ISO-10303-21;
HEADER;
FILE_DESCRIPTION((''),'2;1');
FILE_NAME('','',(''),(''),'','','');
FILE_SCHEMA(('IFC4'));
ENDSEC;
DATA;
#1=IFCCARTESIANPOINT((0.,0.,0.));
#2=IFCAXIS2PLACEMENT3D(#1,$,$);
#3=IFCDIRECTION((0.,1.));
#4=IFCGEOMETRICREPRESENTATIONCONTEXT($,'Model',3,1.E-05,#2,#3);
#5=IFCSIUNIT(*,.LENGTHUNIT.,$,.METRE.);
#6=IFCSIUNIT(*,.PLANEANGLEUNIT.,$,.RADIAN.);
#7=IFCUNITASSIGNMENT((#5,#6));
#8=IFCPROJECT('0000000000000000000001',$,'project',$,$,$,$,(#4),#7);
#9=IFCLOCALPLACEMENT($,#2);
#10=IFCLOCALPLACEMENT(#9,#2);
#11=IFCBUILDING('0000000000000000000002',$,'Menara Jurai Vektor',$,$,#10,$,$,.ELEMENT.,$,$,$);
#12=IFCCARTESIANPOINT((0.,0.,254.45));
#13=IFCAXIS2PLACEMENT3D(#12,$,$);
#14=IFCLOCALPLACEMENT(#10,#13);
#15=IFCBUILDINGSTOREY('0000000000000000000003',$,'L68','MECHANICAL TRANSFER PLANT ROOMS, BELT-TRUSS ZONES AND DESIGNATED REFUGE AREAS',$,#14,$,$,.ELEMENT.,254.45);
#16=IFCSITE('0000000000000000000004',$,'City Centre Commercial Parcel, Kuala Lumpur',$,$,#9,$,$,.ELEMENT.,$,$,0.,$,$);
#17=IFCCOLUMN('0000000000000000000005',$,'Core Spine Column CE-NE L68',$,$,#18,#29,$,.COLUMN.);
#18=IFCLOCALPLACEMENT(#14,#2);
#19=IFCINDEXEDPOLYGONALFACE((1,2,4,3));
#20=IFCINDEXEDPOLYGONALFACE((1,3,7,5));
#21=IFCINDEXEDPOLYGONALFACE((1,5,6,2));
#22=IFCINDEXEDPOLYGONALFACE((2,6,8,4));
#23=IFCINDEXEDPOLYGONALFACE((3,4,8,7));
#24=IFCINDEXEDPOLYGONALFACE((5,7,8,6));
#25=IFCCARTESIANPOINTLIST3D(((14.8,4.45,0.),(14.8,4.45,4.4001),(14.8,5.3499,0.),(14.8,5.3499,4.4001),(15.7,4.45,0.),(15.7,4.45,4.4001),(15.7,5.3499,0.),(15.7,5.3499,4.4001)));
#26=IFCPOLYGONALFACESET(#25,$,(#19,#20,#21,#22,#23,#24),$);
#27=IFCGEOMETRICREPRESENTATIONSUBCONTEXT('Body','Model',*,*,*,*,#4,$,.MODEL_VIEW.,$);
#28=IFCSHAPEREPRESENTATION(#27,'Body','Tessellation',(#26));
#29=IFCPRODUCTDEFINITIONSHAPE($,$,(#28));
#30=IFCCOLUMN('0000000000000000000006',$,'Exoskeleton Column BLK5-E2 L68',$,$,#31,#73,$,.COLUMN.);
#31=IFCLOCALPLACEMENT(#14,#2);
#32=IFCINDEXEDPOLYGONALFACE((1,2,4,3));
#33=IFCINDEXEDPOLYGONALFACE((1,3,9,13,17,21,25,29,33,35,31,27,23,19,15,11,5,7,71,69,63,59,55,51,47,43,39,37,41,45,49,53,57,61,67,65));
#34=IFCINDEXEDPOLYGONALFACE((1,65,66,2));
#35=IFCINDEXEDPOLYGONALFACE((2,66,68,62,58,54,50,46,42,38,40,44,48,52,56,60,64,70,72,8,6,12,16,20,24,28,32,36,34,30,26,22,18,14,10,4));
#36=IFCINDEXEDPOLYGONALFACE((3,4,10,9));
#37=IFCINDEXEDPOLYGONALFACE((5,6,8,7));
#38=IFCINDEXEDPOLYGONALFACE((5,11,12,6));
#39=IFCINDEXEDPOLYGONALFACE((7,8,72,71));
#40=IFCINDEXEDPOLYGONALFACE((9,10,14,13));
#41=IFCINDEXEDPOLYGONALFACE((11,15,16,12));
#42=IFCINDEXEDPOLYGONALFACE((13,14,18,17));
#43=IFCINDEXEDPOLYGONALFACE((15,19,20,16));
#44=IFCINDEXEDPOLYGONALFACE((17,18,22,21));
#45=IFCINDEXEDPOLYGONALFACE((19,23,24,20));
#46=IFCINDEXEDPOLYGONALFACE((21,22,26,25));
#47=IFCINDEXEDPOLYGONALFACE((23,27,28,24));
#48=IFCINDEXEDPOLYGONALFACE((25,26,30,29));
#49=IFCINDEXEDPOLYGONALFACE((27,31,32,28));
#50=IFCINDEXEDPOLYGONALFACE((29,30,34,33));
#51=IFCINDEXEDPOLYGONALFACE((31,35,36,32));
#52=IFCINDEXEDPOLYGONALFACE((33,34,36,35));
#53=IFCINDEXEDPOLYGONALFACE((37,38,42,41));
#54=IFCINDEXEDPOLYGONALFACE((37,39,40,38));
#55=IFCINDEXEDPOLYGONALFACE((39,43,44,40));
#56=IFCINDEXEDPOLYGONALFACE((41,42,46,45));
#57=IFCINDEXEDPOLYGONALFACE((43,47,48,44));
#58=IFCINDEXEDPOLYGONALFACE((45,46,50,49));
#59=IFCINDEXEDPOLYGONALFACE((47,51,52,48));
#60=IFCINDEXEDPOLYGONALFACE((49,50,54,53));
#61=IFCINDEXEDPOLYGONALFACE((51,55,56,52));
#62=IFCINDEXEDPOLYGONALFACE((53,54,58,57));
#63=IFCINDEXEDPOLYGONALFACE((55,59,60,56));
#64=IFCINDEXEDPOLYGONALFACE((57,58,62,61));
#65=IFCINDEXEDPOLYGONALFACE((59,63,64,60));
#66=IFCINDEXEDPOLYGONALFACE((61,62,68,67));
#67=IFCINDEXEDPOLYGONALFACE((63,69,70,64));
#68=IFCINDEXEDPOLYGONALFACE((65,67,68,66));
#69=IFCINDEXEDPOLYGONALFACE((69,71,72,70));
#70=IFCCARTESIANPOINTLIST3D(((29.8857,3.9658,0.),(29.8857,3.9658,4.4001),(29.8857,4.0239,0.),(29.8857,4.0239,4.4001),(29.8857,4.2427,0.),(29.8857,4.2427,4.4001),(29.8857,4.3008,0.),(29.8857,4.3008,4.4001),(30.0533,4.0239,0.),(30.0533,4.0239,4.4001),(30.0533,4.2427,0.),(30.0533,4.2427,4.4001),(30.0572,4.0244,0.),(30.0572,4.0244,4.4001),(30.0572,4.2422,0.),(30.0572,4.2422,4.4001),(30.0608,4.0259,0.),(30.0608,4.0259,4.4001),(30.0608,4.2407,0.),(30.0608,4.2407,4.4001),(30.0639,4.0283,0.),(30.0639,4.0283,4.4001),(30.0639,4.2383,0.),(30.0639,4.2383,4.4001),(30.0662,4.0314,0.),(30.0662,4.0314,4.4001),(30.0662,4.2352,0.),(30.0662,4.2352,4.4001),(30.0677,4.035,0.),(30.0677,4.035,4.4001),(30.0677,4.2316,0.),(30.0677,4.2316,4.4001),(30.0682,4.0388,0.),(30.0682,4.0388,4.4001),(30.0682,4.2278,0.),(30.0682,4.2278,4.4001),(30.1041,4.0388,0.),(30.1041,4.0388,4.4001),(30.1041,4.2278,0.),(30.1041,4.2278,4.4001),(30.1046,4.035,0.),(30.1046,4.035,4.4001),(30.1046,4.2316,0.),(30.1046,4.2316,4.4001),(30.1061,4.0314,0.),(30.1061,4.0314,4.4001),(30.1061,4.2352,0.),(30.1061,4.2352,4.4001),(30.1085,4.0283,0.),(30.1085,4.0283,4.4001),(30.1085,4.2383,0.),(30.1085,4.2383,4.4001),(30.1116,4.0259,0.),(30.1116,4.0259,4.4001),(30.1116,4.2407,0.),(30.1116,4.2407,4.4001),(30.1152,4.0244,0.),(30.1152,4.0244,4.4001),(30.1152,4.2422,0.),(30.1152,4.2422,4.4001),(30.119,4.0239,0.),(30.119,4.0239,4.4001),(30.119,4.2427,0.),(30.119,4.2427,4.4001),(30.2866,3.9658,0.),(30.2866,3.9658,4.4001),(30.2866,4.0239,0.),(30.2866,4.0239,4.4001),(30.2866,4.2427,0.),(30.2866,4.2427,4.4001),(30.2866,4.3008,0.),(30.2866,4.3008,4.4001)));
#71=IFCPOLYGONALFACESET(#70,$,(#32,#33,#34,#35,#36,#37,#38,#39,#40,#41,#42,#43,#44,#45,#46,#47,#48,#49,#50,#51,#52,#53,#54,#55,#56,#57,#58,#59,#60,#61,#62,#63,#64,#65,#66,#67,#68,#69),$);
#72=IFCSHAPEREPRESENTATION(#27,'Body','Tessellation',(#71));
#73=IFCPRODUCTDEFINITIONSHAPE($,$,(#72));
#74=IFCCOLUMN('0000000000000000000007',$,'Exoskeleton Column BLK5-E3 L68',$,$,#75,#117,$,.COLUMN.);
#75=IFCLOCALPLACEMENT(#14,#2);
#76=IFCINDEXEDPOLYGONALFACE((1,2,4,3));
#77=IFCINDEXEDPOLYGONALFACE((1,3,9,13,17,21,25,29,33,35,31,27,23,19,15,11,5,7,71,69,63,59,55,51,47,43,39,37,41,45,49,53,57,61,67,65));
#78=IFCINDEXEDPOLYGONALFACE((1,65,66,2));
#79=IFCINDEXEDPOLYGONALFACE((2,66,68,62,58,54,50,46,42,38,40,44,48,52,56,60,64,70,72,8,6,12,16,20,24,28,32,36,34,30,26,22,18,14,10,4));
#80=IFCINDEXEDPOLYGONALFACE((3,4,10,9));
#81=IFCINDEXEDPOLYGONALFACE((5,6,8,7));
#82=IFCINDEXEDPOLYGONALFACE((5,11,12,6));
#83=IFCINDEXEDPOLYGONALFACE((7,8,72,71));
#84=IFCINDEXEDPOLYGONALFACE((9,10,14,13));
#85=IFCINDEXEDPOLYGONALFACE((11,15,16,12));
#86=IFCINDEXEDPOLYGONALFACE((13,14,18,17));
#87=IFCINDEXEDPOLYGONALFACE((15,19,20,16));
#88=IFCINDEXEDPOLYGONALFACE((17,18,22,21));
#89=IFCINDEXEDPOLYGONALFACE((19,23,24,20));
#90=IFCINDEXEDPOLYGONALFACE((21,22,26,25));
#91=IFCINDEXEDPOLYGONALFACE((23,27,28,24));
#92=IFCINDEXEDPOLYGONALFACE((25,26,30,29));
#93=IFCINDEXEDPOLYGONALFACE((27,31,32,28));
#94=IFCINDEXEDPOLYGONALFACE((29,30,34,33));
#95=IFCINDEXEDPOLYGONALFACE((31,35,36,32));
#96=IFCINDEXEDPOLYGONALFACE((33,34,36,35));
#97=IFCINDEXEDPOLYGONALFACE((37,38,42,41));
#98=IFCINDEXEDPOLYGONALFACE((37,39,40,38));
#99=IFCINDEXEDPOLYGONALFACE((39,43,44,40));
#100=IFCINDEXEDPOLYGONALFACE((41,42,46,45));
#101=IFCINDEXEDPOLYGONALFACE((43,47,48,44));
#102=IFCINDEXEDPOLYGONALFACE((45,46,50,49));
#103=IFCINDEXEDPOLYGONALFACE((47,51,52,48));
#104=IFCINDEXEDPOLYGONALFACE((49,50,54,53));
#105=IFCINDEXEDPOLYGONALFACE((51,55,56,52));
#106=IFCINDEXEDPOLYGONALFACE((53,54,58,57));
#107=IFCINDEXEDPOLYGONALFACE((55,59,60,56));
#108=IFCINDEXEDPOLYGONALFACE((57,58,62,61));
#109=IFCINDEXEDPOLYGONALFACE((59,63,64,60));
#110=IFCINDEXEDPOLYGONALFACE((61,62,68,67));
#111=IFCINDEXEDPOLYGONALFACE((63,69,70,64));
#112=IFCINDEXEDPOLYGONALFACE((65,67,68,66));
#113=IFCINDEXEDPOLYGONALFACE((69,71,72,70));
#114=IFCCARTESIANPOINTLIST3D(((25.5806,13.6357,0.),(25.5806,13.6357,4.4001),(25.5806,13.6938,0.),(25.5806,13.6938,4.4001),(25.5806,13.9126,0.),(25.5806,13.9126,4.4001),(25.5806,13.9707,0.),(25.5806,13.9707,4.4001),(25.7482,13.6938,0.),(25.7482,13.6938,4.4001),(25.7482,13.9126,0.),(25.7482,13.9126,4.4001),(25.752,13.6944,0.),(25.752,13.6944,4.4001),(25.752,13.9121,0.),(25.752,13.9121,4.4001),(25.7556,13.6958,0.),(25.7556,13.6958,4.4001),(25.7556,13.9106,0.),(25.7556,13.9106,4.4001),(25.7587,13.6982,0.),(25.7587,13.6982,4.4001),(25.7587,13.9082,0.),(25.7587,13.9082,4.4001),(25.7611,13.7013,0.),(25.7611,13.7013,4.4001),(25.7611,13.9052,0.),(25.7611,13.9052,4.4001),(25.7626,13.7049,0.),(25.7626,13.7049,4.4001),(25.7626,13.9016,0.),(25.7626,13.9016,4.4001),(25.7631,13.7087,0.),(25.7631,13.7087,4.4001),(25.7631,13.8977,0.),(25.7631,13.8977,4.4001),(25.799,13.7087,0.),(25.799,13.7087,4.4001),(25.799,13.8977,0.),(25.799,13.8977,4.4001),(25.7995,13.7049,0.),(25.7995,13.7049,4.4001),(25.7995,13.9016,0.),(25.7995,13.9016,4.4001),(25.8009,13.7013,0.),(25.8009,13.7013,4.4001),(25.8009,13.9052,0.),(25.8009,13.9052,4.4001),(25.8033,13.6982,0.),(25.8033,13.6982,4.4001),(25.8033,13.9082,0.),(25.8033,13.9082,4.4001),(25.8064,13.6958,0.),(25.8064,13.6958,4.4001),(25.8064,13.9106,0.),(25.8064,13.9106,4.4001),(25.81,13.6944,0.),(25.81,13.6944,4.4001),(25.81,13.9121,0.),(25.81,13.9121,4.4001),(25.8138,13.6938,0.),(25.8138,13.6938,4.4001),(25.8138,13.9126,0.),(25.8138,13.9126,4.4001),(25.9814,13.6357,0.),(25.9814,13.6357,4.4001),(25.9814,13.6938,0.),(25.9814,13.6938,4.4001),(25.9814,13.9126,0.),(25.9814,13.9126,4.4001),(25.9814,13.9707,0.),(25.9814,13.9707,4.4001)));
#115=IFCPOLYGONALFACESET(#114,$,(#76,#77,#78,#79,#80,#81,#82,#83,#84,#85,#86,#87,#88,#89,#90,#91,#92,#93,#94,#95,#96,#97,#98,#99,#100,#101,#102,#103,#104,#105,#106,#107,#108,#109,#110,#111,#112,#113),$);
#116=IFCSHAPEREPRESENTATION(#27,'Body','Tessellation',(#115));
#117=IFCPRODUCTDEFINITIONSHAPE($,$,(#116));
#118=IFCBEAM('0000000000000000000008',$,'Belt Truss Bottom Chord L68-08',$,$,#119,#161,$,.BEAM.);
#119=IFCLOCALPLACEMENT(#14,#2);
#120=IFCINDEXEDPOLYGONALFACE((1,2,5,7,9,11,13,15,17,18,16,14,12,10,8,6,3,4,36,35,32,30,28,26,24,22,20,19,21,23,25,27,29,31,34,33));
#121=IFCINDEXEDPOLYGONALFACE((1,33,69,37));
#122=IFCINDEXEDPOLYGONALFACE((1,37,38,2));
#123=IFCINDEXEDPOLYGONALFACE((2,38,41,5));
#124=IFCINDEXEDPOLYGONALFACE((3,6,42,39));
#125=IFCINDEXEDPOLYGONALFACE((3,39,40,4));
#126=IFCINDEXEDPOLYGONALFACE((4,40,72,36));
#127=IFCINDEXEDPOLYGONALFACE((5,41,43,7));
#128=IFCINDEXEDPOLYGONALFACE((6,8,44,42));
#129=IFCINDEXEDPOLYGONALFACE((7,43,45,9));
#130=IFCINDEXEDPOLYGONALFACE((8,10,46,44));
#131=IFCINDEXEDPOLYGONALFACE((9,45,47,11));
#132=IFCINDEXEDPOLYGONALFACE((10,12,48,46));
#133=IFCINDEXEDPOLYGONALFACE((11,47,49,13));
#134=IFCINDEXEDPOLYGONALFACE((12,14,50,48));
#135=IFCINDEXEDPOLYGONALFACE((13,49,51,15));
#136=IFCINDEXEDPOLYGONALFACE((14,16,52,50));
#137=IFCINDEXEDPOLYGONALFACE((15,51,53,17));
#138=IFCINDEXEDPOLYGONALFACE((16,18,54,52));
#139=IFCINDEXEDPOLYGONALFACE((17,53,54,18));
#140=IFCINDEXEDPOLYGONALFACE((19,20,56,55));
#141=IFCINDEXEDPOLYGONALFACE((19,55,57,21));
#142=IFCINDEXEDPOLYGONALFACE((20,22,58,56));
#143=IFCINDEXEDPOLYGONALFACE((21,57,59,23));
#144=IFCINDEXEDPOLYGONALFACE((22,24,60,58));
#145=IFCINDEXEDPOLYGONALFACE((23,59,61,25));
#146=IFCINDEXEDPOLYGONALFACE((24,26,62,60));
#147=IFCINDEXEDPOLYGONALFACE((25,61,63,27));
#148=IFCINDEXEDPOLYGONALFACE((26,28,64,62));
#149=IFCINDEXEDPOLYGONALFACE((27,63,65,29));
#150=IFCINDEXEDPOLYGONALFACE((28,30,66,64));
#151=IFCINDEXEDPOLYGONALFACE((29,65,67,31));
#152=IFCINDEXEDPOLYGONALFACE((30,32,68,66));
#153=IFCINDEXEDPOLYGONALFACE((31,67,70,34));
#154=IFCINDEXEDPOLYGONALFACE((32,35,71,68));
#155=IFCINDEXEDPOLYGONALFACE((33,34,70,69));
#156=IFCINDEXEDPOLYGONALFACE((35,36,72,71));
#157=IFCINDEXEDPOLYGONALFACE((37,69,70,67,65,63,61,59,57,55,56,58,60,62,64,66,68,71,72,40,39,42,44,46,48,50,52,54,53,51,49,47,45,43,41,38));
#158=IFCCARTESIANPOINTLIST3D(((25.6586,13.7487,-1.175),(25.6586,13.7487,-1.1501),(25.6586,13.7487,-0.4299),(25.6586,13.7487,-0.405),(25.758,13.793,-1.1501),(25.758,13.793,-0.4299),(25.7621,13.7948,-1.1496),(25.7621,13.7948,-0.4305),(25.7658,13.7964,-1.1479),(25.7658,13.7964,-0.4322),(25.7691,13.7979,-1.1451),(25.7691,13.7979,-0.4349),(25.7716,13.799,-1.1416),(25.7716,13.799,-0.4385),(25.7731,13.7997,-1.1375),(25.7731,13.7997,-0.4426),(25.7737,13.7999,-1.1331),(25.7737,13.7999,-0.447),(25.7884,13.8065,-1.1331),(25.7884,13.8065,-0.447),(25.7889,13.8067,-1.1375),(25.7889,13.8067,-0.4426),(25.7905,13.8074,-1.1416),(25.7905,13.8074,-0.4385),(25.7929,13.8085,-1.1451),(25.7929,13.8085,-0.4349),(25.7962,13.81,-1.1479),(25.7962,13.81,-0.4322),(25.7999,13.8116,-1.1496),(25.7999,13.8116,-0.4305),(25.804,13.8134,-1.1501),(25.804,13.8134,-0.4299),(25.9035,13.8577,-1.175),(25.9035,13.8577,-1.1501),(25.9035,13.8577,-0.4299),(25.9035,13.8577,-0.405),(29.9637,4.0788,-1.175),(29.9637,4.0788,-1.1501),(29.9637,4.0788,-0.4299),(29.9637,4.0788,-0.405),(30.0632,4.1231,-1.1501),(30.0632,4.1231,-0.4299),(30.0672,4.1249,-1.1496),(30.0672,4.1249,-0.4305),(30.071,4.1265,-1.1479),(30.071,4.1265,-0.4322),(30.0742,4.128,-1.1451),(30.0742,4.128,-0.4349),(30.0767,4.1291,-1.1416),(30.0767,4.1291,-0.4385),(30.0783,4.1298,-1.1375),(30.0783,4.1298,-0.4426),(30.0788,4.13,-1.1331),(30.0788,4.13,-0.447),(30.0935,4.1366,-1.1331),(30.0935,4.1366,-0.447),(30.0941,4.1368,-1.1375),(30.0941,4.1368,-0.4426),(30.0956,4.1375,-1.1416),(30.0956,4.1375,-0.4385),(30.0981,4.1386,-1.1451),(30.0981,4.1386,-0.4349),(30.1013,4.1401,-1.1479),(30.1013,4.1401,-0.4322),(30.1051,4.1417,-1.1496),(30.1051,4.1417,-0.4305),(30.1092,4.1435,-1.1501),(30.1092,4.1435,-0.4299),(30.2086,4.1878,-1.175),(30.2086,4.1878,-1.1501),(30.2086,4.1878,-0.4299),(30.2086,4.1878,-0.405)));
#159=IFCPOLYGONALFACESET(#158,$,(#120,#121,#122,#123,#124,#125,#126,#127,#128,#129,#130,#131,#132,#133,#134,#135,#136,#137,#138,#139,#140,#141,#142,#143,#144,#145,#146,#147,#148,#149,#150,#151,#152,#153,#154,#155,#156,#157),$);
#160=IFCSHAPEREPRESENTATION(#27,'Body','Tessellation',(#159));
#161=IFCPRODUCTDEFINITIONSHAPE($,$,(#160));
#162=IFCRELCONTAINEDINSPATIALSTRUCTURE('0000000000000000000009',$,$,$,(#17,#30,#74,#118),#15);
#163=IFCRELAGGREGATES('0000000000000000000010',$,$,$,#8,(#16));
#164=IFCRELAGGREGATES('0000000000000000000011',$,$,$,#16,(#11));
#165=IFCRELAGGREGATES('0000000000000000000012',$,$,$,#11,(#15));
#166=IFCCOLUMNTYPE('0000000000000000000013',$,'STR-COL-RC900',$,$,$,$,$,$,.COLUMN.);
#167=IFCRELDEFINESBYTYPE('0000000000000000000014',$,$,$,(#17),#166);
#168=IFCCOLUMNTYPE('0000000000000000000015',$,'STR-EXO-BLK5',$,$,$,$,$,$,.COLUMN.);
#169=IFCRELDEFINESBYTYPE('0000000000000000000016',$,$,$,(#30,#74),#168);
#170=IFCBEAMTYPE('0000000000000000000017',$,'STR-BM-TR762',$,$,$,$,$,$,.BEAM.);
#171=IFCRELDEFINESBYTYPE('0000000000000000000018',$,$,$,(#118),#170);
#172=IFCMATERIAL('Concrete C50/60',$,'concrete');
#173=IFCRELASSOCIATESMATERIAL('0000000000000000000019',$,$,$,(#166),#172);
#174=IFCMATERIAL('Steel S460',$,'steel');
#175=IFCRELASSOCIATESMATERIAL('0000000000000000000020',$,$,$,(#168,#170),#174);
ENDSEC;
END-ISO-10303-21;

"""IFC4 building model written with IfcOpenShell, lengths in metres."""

from ifc_helpers import new_model, si_unit, direction, frame, origin, origin_2d, place, context, subcontext, project, spatial, rectangle, i_section, extrude, material, material_profile, profile_set, type_object, element, save


model = new_model("IFC4")

# Units and contexts
model_context = context("Model", 3, precision=1e-05, world=origin(), true_north=direction((0.0, 1.0)))
body_context = subcontext(model_context, "Body", "Model", "MODEL_VIEW")
ifc_project = project(units=[si_unit("LENGTHUNIT", "METRE"), si_unit("PLANEANGLEUNIT", "RADIAN")], contexts=[model_context])

# Site, building, storey
site_placement = place(None, origin())
site = spatial("IfcSite", under=ifc_project, at=site_placement, Name="City Centre Commercial Parcel, Kuala Lumpur", CompositionType="ELEMENT", RefElevation=0.0)
building_placement = place(site_placement, origin())
building = spatial("IfcBuilding", under=site, at=building_placement, Name="Menara Jurai Vektor", CompositionType="ELEMENT")
storey_placement = place(building_placement, frame((0.0, 0.0, 254.45)))
storey = spatial("IfcBuildingStorey", under=building, at=storey_placement, Name="L68", Description="MECHANICAL TRANSFER PLANT ROOMS, BELT-TRUSS ZONES AND DESIGNATED REFUGE AREAS", CompositionType="ELEMENT", Elevation=254.45)

# Columns
ifc_material_1 = material(Name="Concrete C50/60", Category="concrete")
ifc_material_profile_1 = material_profile(ifc_material_1, rectangle(XDim=0.8999, YDim=0.8999, at=origin_2d()), Name="RC 900x900")
ifc_profile_set_1 = profile_set([ifc_material_profile_1], Name="Concrete C50/60")
column_type_1 = type_object("IfcColumnType", Name="STR-COL-RC900", PredefinedType="COLUMN", material=ifc_profile_set_1)
column_placement = place(storey_placement, frame((15.25, 4.8999, 0.0), z_axis=(0.0, 0.0, 1.0), x_axis=(1.0, 0.0, 0.0)))
element("IfcColumn", 1, at=column_placement, inside=storey, type_object=column_type_1, Name="Core Spine Column CE-NE L68", PredefinedType="COLUMN", context=body_context, shape_type="SweptSolid", body=[
    extrude(rectangle(XDim=0.8999, YDim=0.8999, at=origin_2d()), origin(), (0.0, 0.0, 1.0), 4.4001),
])
ifc_material_2 = material(Name="Steel S460", Category="steel")
ifc_material_profile_2 = material_profile(ifc_material_2, i_section(OverallWidth=0.4009, OverallDepth=0.335, WebThickness=0.0359, FlangeThickness=0.0581, FilletRadius=0.0149, at=origin_2d()), Name="HD 400x463")
ifc_profile_set_2 = profile_set([ifc_material_profile_2], Name="Steel S460")
column_type_2 = type_object("IfcColumnType", Name="STR-EXO-BLK5", PredefinedType="COLUMN", material=ifc_profile_set_2)
for number, where, z_axis, x_axis, name in (
    (2, (30.0862, 4.1333, 0.0), (0.0, 0.0, 1.0), (1.0, 0.0, 0.0), "Exoskeleton Column BLK5-E2 L68"),
    (3, (25.781, 13.8032, 0.0), (0.0, 0.0, 1.0), (1.0, 0.0, 0.0), "Exoskeleton Column BLK5-E3 L68"),
):
    element("IfcColumn", number, at=place(storey_placement, frame(where, z_axis=z_axis, x_axis=x_axis)), inside=storey, type_object=column_type_2, Name=name, PredefinedType="COLUMN", context=body_context, shape_type="SweptSolid", body=[
        extrude(i_section(OverallWidth=0.4009, OverallDepth=0.335, WebThickness=0.0359, FlangeThickness=0.0581, FilletRadius=0.0149, at=origin_2d()), origin(), (0.0, 0.0, 1.0), 4.4001),
    ])

# Beam
ifc_material_profile_3 = material_profile(ifc_material_2, i_section(OverallWidth=0.2681, OverallDepth=0.77, WebThickness=0.0161, FlangeThickness=0.0249, FilletRadius=0.0171, at=origin_2d()), Name="UKB 762x267x197")
ifc_profile_set_3 = profile_set([ifc_material_profile_3], Name="Steel S460")
beam_type_1 = type_object("IfcBeamType", Name="STR-BM-TR762", PredefinedType="BEAM", material=ifc_profile_set_3)
beam_1_placement = place(storey_placement, frame((30.0862, 4.1333, -0.79), z_axis=(-0.406725, 0.913551, 0.0), x_axis=(-0.913551, -0.406725, 0.0)))
element("IfcBeam", 4, at=beam_1_placement, inside=storey, type_object=beam_type_1, Name="Belt Truss Bottom Chord L68-08", PredefinedType="BEAM", context=body_context, shape_type="SweptSolid", body=[
    extrude(i_section(OverallWidth=0.2681, OverallDepth=0.77, WebThickness=0.0161, FlangeThickness=0.0249, FilletRadius=0.0171, at=origin_2d()), origin(), (0.0, 0.0, 1.0), 10.585),
])

save(model, "model.ifc")
